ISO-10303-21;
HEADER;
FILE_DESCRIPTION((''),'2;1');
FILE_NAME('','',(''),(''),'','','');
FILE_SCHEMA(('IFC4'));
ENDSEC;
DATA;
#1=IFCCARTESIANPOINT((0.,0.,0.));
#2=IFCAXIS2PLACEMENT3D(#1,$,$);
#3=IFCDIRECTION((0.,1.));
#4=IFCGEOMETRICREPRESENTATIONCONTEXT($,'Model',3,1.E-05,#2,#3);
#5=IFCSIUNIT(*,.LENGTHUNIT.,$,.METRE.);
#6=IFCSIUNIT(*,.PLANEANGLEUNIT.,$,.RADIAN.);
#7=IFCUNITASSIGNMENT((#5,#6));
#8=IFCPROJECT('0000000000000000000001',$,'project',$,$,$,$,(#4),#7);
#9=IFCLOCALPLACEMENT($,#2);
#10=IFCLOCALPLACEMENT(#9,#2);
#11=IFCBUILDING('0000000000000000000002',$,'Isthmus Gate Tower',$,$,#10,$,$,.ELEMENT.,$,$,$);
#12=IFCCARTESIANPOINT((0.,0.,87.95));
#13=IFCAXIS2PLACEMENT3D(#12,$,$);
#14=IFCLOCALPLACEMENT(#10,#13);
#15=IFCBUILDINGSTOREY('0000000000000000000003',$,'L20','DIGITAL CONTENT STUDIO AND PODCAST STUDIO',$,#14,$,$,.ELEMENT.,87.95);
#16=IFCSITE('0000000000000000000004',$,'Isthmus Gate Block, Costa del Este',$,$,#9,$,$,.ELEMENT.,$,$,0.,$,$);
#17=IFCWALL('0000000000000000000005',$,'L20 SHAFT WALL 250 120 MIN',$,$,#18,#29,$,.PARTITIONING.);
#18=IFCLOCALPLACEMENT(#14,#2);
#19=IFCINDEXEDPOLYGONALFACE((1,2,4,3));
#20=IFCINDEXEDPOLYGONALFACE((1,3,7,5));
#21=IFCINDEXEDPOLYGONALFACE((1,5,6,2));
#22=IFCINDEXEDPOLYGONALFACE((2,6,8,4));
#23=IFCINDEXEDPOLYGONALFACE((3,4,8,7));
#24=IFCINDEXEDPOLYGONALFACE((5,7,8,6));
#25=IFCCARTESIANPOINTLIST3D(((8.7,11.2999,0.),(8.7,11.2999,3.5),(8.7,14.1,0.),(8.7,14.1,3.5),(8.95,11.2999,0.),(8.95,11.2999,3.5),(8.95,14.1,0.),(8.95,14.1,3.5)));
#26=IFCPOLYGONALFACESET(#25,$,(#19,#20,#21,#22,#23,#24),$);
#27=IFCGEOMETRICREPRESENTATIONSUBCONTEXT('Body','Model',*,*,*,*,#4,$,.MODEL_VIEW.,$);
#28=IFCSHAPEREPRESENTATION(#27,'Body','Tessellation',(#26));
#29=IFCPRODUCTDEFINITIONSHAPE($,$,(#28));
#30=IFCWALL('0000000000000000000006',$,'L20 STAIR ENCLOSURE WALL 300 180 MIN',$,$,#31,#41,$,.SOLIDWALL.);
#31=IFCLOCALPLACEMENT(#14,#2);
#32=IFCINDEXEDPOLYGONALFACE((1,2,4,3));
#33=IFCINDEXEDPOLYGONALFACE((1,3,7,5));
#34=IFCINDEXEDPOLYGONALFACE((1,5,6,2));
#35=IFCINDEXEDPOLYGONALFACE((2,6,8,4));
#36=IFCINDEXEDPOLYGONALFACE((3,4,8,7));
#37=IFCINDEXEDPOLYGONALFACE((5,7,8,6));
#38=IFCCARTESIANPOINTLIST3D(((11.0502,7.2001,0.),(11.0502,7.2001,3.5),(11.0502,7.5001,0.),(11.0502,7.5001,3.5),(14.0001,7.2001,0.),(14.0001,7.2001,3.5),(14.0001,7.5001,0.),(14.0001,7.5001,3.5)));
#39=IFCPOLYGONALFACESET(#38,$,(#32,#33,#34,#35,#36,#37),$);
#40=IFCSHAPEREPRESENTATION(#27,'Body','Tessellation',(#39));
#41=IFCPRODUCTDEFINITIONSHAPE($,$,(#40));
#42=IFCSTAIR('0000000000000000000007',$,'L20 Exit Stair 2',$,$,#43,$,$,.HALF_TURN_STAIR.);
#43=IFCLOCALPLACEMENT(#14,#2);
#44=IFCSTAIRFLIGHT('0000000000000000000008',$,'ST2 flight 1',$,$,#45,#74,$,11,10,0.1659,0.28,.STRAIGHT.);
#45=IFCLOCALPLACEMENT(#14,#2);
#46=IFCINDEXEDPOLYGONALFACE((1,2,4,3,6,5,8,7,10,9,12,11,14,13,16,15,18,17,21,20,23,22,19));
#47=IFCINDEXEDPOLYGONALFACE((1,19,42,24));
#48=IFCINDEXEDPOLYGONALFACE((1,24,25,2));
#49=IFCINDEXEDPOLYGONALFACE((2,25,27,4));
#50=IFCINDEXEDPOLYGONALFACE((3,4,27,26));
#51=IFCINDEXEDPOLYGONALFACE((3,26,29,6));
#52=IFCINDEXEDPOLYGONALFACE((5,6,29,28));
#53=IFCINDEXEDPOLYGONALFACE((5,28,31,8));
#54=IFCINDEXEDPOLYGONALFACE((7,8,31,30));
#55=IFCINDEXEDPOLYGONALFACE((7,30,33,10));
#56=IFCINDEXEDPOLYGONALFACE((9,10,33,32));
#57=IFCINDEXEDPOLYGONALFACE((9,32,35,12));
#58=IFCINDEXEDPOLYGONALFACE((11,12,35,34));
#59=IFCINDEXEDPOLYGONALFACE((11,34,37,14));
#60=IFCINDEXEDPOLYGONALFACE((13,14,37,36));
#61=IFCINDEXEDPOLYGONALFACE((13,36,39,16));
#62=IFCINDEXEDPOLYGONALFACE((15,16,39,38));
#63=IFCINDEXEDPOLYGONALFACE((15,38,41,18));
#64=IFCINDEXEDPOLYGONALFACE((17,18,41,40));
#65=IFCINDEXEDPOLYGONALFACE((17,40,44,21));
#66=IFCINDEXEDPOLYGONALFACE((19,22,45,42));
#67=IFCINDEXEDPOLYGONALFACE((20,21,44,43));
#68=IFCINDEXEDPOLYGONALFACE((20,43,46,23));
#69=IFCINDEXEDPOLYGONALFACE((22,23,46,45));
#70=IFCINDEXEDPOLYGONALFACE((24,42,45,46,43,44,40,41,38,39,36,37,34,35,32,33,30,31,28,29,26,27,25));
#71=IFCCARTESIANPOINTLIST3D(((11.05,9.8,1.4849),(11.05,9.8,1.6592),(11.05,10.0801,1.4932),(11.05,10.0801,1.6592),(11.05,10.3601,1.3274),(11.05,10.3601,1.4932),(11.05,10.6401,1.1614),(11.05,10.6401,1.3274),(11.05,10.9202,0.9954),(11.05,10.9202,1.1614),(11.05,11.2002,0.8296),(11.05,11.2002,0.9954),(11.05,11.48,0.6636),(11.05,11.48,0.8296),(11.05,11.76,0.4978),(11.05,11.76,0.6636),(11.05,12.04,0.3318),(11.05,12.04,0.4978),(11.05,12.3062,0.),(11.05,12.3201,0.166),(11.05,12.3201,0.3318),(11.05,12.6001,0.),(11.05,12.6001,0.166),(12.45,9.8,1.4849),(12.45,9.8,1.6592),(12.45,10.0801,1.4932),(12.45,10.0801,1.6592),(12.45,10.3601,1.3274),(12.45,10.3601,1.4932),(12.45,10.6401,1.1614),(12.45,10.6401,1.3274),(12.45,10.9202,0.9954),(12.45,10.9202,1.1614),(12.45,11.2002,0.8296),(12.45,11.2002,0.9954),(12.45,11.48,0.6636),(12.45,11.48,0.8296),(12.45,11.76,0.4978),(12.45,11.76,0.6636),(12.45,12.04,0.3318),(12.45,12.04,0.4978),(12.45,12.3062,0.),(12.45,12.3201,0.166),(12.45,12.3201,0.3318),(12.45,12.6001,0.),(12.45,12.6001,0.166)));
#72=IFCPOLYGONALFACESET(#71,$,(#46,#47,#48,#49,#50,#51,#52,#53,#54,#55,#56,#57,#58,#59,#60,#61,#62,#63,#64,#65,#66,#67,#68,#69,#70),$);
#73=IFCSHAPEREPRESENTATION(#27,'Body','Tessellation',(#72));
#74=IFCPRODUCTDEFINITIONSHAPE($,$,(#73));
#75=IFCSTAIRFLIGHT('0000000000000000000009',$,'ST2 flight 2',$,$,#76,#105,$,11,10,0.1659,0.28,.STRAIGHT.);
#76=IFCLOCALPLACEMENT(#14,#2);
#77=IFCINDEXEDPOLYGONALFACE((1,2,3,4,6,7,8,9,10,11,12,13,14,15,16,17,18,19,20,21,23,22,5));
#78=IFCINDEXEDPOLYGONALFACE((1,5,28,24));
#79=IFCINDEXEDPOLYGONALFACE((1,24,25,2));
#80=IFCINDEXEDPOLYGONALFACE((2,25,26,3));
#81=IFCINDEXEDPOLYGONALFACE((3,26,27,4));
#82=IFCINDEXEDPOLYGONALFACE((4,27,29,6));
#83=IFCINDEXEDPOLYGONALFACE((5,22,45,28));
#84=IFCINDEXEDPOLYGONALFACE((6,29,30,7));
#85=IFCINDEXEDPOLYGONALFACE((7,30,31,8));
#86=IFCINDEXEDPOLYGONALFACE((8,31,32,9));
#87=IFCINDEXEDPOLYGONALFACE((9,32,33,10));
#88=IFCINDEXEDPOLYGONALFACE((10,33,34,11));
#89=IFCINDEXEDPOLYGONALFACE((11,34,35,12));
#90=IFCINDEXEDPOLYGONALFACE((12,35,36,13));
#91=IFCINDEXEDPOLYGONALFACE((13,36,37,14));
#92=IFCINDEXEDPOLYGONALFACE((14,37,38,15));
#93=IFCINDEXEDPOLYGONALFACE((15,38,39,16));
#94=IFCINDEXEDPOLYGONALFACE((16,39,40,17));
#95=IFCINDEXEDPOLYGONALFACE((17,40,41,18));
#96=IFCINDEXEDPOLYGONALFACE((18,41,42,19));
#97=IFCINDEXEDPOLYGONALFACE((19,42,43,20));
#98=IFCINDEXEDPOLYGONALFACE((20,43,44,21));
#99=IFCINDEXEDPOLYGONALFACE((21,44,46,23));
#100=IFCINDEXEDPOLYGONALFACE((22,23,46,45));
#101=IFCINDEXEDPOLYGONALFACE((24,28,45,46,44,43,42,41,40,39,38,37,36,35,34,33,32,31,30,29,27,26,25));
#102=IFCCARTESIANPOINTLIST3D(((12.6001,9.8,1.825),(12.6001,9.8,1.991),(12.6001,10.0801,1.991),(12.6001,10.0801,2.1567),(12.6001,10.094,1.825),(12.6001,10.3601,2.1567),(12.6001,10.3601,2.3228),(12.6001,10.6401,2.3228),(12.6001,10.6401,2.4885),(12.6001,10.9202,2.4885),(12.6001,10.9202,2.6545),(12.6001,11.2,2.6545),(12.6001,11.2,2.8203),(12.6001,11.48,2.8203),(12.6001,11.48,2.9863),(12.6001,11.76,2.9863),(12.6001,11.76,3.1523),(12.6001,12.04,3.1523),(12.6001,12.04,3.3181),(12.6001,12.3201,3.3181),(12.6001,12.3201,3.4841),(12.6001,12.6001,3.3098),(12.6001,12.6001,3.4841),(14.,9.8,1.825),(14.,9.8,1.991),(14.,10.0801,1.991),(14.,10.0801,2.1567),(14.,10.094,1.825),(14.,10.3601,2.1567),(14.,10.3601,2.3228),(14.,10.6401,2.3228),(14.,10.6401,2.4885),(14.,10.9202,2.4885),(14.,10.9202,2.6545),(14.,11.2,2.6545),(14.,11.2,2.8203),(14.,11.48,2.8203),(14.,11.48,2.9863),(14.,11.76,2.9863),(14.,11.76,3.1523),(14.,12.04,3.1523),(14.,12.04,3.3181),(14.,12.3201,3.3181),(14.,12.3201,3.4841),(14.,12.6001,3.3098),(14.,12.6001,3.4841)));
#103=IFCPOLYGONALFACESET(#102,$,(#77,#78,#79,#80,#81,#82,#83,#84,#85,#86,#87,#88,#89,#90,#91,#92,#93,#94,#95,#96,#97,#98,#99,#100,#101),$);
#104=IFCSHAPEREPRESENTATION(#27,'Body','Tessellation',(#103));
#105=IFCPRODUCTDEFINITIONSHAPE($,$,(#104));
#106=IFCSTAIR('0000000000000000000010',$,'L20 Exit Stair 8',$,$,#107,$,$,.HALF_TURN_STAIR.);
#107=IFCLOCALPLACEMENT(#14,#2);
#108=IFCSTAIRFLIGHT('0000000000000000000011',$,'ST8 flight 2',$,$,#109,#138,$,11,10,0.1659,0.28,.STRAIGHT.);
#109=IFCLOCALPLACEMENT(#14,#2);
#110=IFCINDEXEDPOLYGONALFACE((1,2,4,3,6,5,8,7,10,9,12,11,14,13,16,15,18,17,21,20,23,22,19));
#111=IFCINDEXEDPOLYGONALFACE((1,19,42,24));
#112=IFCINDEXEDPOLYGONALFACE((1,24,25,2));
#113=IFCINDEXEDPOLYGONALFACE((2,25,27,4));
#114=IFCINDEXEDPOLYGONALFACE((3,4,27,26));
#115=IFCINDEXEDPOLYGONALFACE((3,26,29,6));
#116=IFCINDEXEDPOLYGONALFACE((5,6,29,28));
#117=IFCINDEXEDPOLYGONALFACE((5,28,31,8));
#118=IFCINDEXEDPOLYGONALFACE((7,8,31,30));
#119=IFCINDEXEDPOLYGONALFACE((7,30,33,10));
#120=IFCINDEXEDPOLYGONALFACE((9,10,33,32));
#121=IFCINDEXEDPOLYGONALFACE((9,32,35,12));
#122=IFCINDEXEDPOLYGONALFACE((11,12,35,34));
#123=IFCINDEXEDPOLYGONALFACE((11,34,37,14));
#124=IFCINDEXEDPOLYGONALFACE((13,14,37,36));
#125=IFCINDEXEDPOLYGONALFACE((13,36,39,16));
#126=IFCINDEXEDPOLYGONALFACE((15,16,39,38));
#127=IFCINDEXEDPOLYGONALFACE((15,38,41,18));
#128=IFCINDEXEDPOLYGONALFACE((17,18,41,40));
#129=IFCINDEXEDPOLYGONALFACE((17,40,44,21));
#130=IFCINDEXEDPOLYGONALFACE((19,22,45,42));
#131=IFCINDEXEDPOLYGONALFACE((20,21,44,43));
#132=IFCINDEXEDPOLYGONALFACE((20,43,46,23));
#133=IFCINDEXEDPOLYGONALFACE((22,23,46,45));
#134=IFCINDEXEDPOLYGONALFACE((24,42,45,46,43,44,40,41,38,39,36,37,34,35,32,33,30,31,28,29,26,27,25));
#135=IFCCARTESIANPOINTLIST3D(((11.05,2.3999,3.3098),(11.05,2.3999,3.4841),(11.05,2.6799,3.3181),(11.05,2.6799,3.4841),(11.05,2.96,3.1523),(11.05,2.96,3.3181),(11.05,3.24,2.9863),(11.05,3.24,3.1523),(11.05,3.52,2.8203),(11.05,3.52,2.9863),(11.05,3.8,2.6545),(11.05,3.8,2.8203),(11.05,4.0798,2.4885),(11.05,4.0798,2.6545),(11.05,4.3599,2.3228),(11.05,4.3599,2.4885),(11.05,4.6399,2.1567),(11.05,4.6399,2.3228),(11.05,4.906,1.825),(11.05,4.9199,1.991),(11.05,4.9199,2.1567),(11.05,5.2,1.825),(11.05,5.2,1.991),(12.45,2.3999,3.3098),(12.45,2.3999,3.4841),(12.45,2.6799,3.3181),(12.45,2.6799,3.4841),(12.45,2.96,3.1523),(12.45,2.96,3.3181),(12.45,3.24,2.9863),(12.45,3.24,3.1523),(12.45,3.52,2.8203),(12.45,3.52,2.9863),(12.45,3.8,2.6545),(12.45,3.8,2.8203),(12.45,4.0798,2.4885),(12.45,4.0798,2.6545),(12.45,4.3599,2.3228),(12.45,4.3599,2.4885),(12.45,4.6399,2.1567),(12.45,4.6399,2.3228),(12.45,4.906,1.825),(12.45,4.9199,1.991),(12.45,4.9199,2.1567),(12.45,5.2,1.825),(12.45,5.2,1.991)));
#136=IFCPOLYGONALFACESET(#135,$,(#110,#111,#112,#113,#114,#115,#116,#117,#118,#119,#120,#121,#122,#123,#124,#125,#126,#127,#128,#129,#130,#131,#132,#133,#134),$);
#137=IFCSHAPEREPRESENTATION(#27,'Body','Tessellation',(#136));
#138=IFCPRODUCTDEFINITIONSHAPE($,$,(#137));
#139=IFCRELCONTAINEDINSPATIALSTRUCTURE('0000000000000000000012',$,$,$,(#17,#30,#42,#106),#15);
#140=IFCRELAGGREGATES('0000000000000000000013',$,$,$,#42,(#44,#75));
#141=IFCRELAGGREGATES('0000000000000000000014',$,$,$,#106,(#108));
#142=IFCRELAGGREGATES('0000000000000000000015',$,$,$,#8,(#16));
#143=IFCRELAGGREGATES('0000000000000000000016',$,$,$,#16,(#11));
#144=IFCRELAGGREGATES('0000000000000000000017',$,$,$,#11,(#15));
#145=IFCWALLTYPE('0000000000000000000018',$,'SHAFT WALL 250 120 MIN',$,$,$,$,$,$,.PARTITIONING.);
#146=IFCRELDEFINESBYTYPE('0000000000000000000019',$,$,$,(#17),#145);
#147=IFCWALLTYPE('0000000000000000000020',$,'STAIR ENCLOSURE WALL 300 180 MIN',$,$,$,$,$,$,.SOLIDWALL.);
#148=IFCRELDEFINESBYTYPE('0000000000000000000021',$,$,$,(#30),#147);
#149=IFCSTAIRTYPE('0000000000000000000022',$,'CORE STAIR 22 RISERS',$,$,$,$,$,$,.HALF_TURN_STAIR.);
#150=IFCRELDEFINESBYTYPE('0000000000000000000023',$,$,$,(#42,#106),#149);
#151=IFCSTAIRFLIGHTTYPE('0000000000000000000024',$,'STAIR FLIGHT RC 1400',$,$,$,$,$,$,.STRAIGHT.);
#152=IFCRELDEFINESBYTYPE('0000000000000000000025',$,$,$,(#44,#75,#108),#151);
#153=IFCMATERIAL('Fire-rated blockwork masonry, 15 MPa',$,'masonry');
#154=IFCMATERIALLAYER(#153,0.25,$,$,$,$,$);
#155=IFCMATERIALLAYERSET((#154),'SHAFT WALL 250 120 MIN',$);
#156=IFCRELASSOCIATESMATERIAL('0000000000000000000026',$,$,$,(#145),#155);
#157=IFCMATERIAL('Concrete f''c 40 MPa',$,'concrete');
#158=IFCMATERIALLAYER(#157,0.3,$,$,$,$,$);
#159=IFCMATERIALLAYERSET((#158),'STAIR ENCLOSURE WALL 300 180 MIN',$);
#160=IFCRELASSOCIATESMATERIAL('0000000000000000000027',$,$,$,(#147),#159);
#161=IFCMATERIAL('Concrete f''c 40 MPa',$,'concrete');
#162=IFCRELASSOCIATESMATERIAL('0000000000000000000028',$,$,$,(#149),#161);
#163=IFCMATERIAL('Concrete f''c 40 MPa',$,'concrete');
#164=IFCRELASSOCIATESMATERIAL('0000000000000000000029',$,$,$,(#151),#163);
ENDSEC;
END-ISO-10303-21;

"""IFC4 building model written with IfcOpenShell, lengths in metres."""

from ifc_helpers import new_model, si_unit, direction, frame, frame_2d, origin, place, context, subcontext, project, spatial, polyline, rectangle, outline, extrude, material, layer, layer_set, type_object, element, aggregate, save


model = new_model("IFC4")

# Units and contexts
model_context = context("Model", 3, precision=1e-05, world=origin(), true_north=direction((0.0, 1.0)))
body_context = subcontext(model_context, "Body", "Model", "MODEL_VIEW")
ifc_project = project(units=[si_unit("LENGTHUNIT", "METRE"), si_unit("PLANEANGLEUNIT", "RADIAN")], contexts=[model_context])

# Site, building, storey
site_placement = place(None, origin())
site = spatial("IfcSite", under=ifc_project, at=site_placement, Name="Isthmus Gate Block, Costa del Este", CompositionType="ELEMENT", RefElevation=0.0)
building_placement = place(site_placement, origin())
building = spatial("IfcBuilding", under=site, at=building_placement, Name="Isthmus Gate Tower", CompositionType="ELEMENT")
storey_placement = place(building_placement, frame((0.0, 0.0, 87.95)))
storey = spatial("IfcBuildingStorey", under=building, at=storey_placement, Name="L20", Description="DIGITAL CONTENT STUDIO AND PODCAST STUDIO", CompositionType="ELEMENT", Elevation=87.95)

# Walls
ifc_material_1 = material(Name="Fire-rated blockwork masonry, 15 MPa", Category="masonry")
ifc_layer_1 = layer(ifc_material_1, 0.25)
ifc_layer_set_1 = layer_set([ifc_layer_1], Name="SHAFT WALL 250 120 MIN")
wall_type_1 = type_object("IfcWallType", Name="SHAFT WALL 250 120 MIN", PredefinedType="PARTITIONING", material=ifc_layer_set_1)
for number, where, z_axis, x_axis, name in (
    (1, (8.825, 11.3, 0.0), (0.0, 0.0, 1.0), (0.0, 1.0, 0.0), "L20 SHAFT WALL 250 120 MIN"),
):
    element("IfcWall", number, at=place(storey_placement, frame(where, z_axis=z_axis, x_axis=x_axis)), inside=storey, type_object=wall_type_1, Name=name, PredefinedType="PARTITIONING", context=body_context, shape_type="SweptSolid", body=[
        extrude(rectangle(XDim=2.8, YDim=0.25, at=frame_2d((1.3999, 0.0))), origin(), (0.0, 0.0, 1.0), 3.5),
    ])
ifc_material_2 = material(Name="Concrete f'c 40 MPa", Category="concrete")
ifc_layer_2 = layer(ifc_material_2, 0.3)
ifc_layer_set_2 = layer_set([ifc_layer_2], Name="STAIR ENCLOSURE WALL 300 180 MIN")
wall_type_2 = type_object("IfcWallType", Name="STAIR ENCLOSURE WALL 300 180 MIN", PredefinedType="SOLIDWALL", material=ifc_layer_set_2)
wall_1_placement = place(storey_placement, frame((11.05, 7.3501, 0.0), z_axis=(0.0, 0.0, 1.0), x_axis=(1.0, 0.0, 0.0)))
element("IfcWall", 2, at=wall_1_placement, inside=storey, type_object=wall_type_2, Name="L20 STAIR ENCLOSURE WALL 300 180 MIN", PredefinedType="SOLIDWALL", context=body_context, shape_type="SweptSolid", body=[
    extrude(rectangle(XDim=2.95, YDim=0.3, at=frame_2d((1.4751, 0.0))), origin(), (0.0, 0.0, 1.0), 3.5),
])

# Stair, stair flights
ifc_material_3 = material(Name="Concrete f'c 40 MPa", Category="concrete")
stair_type = type_object("IfcStairType", Name="CORE STAIR 22 RISERS", PredefinedType="HALF_TURN_STAIR", material=ifc_material_3)
stair_1_placement = place(storey_placement, origin())
stair_1 = element("IfcStair", 3, at=stair_1_placement, inside=storey, type_object=stair_type, Name="L20 Exit Stair 2", PredefinedType="HALF_TURN_STAIR")
ifc_material_4 = material(Name="Concrete f'c 40 MPa", Category="concrete")
stair_flight_type = type_object("IfcStairFlightType", Name="STAIR FLIGHT RC 1400", PredefinedType="STRAIGHT", material=ifc_material_4)
stair_flight_1_placement = place(storey_placement, frame((11.75, 12.6001, 0.0), z_axis=(0.0, 0.0, 1.0), x_axis=(0.0, -1.0, 0.0)))
stair_flight_1 = element("IfcStairFlight", 4, at=stair_flight_1_placement, type_object=stair_flight_type, Name="ST2 flight 1", NumberOfRisers=11, NumberOfTreads=10, PredefinedType="STRAIGHT", RiserHeight=0.1659, TreadLength=0.28, context=body_context, shape_type="SweptSolid", body=[
    extrude(outline(polyline([(0.0, 0.0), (0.0, 0.166), (0.28, 0.166), (0.28, 0.3318), (0.5601, 0.3318), (0.5601, 0.4978), (0.8401, 0.4978), (0.8401, 0.6636), (1.1201, 0.6636), (1.1201, 0.8296), (1.3999, 0.8296), (1.3999, 0.9954), (1.6799, 0.9954), (1.6799, 1.1614), (1.96, 1.1614), (1.96, 1.3274), (2.24, 1.3274), (2.24, 1.4932), (2.52, 1.4932), (2.52, 1.6592), (2.8, 1.6592), (2.8, 1.825), (2.8, 1.4849), (0.2939, 0.0), (0.0, 0.0)])), frame((0.0, 0.7, 0.0), z_axis=(0.0, -1.0, 0.0), x_axis=(1.0, 0.0, 0.0)), (0.0, 0.0, 1.0), 1.3999),
])
stair_flight_2_placement = place(storey_placement, frame((13.3, 9.8, 1.825), z_axis=(0.0, 0.0, 1.0), x_axis=(0.0, 1.0, 0.0)))
stair_flight_2 = element("IfcStairFlight", 5, at=stair_flight_2_placement, type_object=stair_flight_type, Name="ST2 flight 2", NumberOfRisers=11, NumberOfTreads=10, PredefinedType="STRAIGHT", RiserHeight=0.1659, TreadLength=0.28, context=body_context, shape_type="SweptSolid", body=[
    extrude(outline(polyline([(0.0, 0.0), (0.0, 0.166), (0.28, 0.166), (0.28, 0.3318), (0.5601, 0.3318), (0.5601, 0.4978), (0.8401, 0.4978), (0.8401, 0.6636), (1.1201, 0.6636), (1.1201, 0.8296), (1.3999, 0.8296), (1.3999, 0.9954), (1.6799, 0.9954), (1.6799, 1.1614), (1.96, 1.1614), (1.96, 1.3274), (2.24, 1.3274), (2.24, 1.4932), (2.52, 1.4932), (2.52, 1.6592), (2.8, 1.6592), (2.8, 1.825), (2.8, 1.4849), (0.2939, 0.0), (0.0, 0.0)])), frame((0.0, 0.7, 0.0), z_axis=(0.0, -1.0, 0.0), x_axis=(1.0, 0.0, 0.0)), (0.0, 0.0, 1.0), 1.3999),
])
aggregate(stair_1, [stair_flight_1, stair_flight_2])

# Stair, stair flight
stair_2_placement = place(storey_placement, origin())
stair_2 = element("IfcStair", 6, at=stair_2_placement, inside=storey, type_object=stair_type, Name="L20 Exit Stair 8", PredefinedType="HALF_TURN_STAIR")
stair_flight_3_placement = place(storey_placement, frame((11.75, 5.2, 1.825), z_axis=(0.0, 0.0, 1.0), x_axis=(0.0, -1.0, 0.0)))
stair_flight_3 = element("IfcStairFlight", 7, at=stair_flight_3_placement, type_object=stair_flight_type, Name="ST8 flight 2", NumberOfRisers=11, NumberOfTreads=10, PredefinedType="STRAIGHT", RiserHeight=0.1659, TreadLength=0.28, context=body_context, shape_type="SweptSolid", body=[
    extrude(outline(polyline([(0.0, 0.0), (0.0, 0.166), (0.28, 0.166), (0.28, 0.3318), (0.5601, 0.3318), (0.5601, 0.4978), (0.8401, 0.4978), (0.8401, 0.6636), (1.1201, 0.6636), (1.1201, 0.8296), (1.3999, 0.8296), (1.3999, 0.9954), (1.6799, 0.9954), (1.6799, 1.1614), (1.96, 1.1614), (1.96, 1.3274), (2.24, 1.3274), (2.24, 1.4932), (2.52, 1.4932), (2.52, 1.6592), (2.8, 1.6592), (2.8, 1.825), (2.8, 1.4849), (0.2939, 0.0), (0.0, 0.0)])), frame((0.0, 0.7, 0.0), z_axis=(0.0, -1.0, 0.0), x_axis=(1.0, 0.0, 0.0)), (0.0, 0.0, 1.0), 1.3999),
])
aggregate(stair_2, [stair_flight_3])

save(model, "model.ifc")
